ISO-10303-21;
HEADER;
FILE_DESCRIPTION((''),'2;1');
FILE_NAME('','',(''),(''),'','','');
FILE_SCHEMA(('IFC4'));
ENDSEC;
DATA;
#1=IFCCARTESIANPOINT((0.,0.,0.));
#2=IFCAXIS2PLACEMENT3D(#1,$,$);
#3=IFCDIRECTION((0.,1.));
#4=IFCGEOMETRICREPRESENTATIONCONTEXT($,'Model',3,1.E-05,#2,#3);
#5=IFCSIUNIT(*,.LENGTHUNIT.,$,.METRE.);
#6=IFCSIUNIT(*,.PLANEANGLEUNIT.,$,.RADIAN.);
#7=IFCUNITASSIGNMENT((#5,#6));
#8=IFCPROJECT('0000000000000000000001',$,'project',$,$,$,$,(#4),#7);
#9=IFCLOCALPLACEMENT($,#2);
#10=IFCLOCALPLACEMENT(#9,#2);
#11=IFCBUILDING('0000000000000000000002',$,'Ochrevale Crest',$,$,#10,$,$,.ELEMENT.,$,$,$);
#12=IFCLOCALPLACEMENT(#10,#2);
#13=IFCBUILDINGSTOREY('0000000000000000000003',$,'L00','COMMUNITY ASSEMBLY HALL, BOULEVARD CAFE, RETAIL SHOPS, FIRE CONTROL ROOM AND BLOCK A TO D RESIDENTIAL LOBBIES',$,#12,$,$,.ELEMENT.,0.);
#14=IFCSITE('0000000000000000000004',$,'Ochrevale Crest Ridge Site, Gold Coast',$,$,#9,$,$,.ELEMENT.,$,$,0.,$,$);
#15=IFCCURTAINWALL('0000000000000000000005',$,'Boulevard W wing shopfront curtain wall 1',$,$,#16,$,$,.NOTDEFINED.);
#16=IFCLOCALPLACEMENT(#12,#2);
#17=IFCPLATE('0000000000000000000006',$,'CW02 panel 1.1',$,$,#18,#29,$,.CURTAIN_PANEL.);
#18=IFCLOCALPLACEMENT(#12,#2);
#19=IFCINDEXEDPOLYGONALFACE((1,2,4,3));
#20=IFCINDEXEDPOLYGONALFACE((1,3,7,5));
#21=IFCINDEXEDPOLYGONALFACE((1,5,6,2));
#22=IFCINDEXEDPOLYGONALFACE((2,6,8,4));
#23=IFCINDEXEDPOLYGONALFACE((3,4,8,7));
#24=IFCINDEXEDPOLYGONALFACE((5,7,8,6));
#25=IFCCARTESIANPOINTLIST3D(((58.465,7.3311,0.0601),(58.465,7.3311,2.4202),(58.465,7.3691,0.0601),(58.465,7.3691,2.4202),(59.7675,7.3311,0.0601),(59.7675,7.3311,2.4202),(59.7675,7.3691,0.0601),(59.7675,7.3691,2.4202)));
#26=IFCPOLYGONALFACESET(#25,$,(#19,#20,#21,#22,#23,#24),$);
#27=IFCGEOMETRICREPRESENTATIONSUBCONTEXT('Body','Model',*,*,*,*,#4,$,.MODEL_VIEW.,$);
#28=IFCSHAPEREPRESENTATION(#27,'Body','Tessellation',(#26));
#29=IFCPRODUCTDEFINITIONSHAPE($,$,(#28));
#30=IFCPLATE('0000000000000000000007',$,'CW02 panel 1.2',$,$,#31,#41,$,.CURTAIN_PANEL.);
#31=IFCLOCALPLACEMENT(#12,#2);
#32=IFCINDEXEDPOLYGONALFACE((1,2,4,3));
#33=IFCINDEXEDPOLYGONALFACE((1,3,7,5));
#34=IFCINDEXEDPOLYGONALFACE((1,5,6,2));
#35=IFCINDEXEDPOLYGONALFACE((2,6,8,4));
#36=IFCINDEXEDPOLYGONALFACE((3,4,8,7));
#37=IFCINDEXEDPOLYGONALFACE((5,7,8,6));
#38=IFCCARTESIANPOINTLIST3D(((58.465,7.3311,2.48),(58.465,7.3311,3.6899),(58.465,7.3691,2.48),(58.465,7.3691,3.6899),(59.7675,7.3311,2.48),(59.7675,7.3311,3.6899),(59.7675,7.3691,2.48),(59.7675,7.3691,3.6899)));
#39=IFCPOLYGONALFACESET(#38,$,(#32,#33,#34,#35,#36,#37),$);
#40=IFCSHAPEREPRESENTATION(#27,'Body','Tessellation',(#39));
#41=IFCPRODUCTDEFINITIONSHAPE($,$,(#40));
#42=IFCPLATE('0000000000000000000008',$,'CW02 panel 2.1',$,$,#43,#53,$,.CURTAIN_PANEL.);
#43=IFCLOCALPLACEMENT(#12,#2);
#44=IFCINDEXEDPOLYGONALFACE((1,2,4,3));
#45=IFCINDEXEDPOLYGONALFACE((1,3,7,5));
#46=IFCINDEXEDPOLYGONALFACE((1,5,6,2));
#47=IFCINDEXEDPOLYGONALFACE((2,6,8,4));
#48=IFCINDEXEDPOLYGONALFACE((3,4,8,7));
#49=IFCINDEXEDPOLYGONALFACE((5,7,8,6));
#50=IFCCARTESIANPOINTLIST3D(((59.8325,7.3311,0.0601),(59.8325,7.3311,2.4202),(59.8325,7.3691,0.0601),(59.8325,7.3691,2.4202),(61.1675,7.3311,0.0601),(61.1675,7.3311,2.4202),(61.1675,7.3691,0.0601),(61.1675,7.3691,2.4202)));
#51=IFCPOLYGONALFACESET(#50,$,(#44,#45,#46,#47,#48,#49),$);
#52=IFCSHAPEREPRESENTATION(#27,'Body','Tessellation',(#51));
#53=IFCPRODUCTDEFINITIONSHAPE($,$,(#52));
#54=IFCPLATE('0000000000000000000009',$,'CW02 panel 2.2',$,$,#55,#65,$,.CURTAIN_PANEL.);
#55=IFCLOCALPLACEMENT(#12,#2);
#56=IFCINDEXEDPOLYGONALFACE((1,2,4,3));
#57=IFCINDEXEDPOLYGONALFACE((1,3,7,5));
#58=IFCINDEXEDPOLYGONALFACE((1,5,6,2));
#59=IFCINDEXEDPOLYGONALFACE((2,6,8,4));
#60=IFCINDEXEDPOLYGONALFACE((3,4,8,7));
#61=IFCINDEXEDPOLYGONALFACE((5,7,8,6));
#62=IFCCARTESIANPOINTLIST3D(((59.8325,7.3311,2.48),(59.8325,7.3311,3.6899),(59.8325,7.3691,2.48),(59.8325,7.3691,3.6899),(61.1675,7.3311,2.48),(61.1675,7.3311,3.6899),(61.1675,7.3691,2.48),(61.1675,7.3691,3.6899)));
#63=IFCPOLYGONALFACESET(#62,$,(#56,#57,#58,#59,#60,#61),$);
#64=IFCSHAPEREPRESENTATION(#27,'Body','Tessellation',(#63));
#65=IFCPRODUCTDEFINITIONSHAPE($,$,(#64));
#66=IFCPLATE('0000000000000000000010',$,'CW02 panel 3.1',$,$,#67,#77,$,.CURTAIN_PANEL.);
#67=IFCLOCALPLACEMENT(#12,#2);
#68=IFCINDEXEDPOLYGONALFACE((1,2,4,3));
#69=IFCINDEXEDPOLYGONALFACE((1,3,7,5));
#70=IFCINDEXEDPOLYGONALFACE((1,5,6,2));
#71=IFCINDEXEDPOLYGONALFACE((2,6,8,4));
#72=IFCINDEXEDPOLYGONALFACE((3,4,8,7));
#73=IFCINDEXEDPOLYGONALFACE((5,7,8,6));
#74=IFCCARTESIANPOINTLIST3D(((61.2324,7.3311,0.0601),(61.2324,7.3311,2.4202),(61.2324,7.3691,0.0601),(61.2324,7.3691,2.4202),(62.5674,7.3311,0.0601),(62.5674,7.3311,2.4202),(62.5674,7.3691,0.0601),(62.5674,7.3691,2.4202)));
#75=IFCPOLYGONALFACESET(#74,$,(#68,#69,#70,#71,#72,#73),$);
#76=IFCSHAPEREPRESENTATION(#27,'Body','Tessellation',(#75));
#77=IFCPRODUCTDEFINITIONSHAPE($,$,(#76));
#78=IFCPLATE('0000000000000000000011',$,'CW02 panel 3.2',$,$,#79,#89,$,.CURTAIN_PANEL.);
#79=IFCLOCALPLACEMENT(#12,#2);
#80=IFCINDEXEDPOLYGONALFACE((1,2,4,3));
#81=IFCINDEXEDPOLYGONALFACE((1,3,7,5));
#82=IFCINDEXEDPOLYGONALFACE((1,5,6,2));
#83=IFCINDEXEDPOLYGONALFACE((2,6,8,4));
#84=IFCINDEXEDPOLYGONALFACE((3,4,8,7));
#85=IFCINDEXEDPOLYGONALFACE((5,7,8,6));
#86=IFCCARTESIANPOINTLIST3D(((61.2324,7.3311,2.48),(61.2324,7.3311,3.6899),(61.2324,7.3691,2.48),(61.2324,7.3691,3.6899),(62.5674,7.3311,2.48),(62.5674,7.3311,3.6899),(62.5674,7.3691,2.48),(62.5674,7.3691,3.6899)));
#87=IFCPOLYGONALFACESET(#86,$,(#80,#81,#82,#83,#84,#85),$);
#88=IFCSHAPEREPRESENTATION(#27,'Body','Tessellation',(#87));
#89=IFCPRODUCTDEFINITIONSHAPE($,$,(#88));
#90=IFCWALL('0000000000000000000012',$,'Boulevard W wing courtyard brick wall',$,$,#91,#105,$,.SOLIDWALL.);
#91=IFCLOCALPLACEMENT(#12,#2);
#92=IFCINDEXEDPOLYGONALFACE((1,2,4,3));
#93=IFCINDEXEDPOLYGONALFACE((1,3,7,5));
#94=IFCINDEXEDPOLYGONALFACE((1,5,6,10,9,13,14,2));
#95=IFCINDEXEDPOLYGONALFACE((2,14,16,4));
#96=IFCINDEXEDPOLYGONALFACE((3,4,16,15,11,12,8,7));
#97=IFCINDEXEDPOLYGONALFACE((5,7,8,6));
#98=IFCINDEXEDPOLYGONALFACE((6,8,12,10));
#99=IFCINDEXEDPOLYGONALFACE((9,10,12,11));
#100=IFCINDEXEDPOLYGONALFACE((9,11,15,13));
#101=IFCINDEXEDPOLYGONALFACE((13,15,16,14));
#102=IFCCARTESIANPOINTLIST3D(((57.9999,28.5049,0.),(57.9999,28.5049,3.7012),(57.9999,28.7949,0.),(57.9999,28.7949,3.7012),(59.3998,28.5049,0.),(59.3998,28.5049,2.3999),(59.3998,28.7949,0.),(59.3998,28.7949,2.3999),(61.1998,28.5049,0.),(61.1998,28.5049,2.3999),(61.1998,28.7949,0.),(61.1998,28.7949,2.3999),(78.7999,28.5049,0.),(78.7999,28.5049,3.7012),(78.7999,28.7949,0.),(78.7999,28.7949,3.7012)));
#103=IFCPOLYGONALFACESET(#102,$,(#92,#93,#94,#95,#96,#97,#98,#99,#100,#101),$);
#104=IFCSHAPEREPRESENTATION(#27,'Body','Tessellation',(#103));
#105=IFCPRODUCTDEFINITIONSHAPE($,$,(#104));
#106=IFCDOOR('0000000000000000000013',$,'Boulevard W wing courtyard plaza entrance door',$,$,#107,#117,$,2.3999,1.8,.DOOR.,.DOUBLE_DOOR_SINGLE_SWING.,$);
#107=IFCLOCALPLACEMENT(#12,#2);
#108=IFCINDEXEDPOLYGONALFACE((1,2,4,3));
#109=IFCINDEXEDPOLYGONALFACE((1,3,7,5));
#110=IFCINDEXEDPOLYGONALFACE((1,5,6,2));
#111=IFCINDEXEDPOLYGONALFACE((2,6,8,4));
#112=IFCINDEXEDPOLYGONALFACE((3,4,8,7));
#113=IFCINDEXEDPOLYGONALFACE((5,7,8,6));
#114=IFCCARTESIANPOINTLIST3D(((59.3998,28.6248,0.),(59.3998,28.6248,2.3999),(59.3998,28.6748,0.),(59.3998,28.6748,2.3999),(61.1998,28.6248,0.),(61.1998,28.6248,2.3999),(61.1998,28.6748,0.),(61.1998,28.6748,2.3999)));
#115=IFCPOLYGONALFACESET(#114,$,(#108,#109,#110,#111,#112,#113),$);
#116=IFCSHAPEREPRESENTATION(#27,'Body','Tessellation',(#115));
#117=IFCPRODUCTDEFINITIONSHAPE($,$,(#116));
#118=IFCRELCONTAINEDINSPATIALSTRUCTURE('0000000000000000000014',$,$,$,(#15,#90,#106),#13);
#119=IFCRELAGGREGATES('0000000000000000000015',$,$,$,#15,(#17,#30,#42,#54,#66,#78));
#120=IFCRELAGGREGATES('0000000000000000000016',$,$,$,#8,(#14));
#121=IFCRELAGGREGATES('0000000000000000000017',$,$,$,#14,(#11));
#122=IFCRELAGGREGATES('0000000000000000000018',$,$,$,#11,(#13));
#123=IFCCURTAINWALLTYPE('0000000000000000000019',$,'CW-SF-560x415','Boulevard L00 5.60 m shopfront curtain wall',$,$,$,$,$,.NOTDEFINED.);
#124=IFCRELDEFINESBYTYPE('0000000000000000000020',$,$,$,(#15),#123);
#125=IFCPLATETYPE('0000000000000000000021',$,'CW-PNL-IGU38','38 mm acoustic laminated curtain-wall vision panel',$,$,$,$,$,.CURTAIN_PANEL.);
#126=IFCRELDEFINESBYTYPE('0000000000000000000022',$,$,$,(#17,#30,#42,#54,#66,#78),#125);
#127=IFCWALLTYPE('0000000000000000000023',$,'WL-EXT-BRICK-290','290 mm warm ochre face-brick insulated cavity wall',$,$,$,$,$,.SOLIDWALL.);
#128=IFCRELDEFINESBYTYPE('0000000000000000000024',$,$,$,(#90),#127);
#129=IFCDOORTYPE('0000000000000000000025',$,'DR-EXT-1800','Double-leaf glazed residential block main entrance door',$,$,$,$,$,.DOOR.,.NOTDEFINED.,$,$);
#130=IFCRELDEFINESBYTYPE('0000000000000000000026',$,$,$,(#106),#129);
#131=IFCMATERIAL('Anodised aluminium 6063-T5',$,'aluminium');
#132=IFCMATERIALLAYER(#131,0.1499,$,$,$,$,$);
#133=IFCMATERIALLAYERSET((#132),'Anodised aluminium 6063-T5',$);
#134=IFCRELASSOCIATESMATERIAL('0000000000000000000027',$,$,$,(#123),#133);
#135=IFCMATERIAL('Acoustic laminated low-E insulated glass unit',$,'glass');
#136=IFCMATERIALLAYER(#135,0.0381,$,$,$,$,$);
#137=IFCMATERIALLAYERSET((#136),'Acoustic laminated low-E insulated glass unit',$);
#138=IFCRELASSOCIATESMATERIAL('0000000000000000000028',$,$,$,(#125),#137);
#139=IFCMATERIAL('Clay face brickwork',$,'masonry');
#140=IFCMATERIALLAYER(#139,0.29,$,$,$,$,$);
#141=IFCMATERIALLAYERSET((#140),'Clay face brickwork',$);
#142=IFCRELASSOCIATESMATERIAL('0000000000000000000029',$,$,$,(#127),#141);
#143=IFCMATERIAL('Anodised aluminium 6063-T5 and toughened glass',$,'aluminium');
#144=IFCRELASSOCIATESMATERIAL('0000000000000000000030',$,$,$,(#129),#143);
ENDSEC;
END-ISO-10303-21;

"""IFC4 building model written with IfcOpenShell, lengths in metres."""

from ifc_helpers import new_model, si_unit, direction, frame, frame_2d, origin, origin_2d, place, context, subcontext, project, spatial, rectangle, extrude, material, layer, layer_set, type_object, element, fill, aggregate, save


model = new_model("IFC4")

# Units and contexts
model_context = context("Model", 3, precision=1e-05, world=origin(), true_north=direction((0.0, 1.0)))
body_context = subcontext(model_context, "Body", "Model", "MODEL_VIEW")
ifc_project = project(units=[si_unit("LENGTHUNIT", "METRE"), si_unit("PLANEANGLEUNIT", "RADIAN")], contexts=[model_context])

# Site, building, storey
site_placement = place(None, origin())
site = spatial("IfcSite", under=ifc_project, at=site_placement, Name="Ochrevale Crest Ridge Site, Gold Coast", CompositionType="ELEMENT", RefElevation=0.0)
building_placement = place(site_placement, origin())
building = spatial("IfcBuilding", under=site, at=building_placement, Name="Ochrevale Crest", CompositionType="ELEMENT")
storey_placement = place(building_placement, origin())
storey = spatial("IfcBuildingStorey", under=building, at=storey_placement, Name="L00", Description="COMMUNITY ASSEMBLY HALL, BOULEVARD CAFE, RETAIL SHOPS, FIRE CONTROL ROOM AND BLOCK A TO D RESIDENTIAL LOBBIES", CompositionType="ELEMENT", Elevation=0.0)

# Curtain wall, plates
ifc_material_1 = material(Name="Anodised aluminium 6063-T5", Category="aluminium")
ifc_layer_1 = layer(ifc_material_1, 0.1499)
ifc_layer_set_1 = layer_set([ifc_layer_1], Name="Anodised aluminium 6063-T5")
curtain_wall_type = type_object("IfcCurtainWallType", Name="CW-SF-560x415", Description="Boulevard L00 5.60 m shopfront curtain wall", PredefinedType="NOTDEFINED", material=ifc_layer_set_1)
curtain_wall_placement = place(storey_placement, origin())
curtain_wall = element("IfcCurtainWall", 1, at=curtain_wall_placement, inside=storey, type_object=curtain_wall_type, Name="Boulevard W wing shopfront curtain wall 1", PredefinedType="NOTDEFINED")
ifc_material_2 = material(Name="Acoustic laminated low-E insulated glass unit", Category="glass")
ifc_layer_2 = layer(ifc_material_2, 0.0381)
ifc_layer_set_2 = layer_set([ifc_layer_2], Name="Acoustic laminated low-E insulated glass unit")
plate_type = type_object("IfcPlateType", Name="CW-PNL-IGU38", Description="38 mm acoustic laminated curtain-wall vision panel", PredefinedType="CURTAIN_PANEL", material=ifc_layer_set_2)
plate_1_placement = place(storey_placement, frame((59.1162, 7.3501, 0.0601), z_axis=(0.0, 0.0, 1.0), x_axis=(1.0, 0.0, 0.0)))
plate_1 = element("IfcPlate", 2, at=plate_1_placement, type_object=plate_type, Name="CW02 panel 1.1", PredefinedType="CURTAIN_PANEL", context=body_context, shape_type="SweptSolid", body=[
    extrude(rectangle(XDim=1.3025, YDim=0.0381, at=origin_2d()), origin(), (0.0, 0.0, 1.0), 2.3601),
])
plate_2_placement = place(storey_placement, frame((59.1162, 7.3501, 2.48), z_axis=(0.0, 0.0, 1.0), x_axis=(1.0, 0.0, 0.0)))
plate_2 = element("IfcPlate", 3, at=plate_2_placement, type_object=plate_type, Name="CW02 panel 1.2", PredefinedType="CURTAIN_PANEL", context=body_context, shape_type="SweptSolid", body=[
    extrude(rectangle(XDim=1.3025, YDim=0.0381, at=origin_2d()), origin(), (0.0, 0.0, 1.0), 1.21),
])
plate_3_placement = place(storey_placement, frame((60.5, 7.3501, 0.0601), z_axis=(0.0, 0.0, 1.0), x_axis=(1.0, 0.0, 0.0)))
plate_3 = element("IfcPlate", 4, at=plate_3_placement, type_object=plate_type, Name="CW02 panel 2.1", PredefinedType="CURTAIN_PANEL", context=body_context, shape_type="SweptSolid", body=[
    extrude(rectangle(XDim=1.335, YDim=0.0381, at=origin_2d()), origin(), (0.0, 0.0, 1.0), 2.3601),
])
plate_4_placement = place(storey_placement, frame((60.5, 7.3501, 2.48), z_axis=(0.0, 0.0, 1.0), x_axis=(1.0, 0.0, 0.0)))
plate_4 = element("IfcPlate", 5, at=plate_4_placement, type_object=plate_type, Name="CW02 panel 2.2", PredefinedType="CURTAIN_PANEL", context=body_context, shape_type="SweptSolid", body=[
    extrude(rectangle(XDim=1.335, YDim=0.0381, at=origin_2d()), origin(), (0.0, 0.0, 1.0), 1.21),
])
plate_5_placement = place(storey_placement, frame((61.8999, 7.3501, 0.0601), z_axis=(0.0, 0.0, 1.0), x_axis=(1.0, 0.0, 0.0)))
plate_5 = element("IfcPlate", 6, at=plate_5_placement, type_object=plate_type, Name="CW02 panel 3.1", PredefinedType="CURTAIN_PANEL", context=body_context, shape_type="SweptSolid", body=[
    extrude(rectangle(XDim=1.335, YDim=0.0381, at=origin_2d()), origin(), (0.0, 0.0, 1.0), 2.3601),
])
plate_6_placement = place(storey_placement, frame((61.8999, 7.3501, 2.48), z_axis=(0.0, 0.0, 1.0), x_axis=(1.0, 0.0, 0.0)))
plate_6 = element("IfcPlate", 7, at=plate_6_placement, type_object=plate_type, Name="CW02 panel 3.2", PredefinedType="CURTAIN_PANEL", context=body_context, shape_type="SweptSolid", body=[
    extrude(rectangle(XDim=1.335, YDim=0.0381, at=origin_2d()), origin(), (0.0, 0.0, 1.0), 1.21),
])
aggregate(curtain_wall, [plate_1, plate_2, plate_3, plate_4, plate_5, plate_6])

# Wall, opening, door
ifc_material_3 = material(Name="Clay face brickwork", Category="masonry")
ifc_layer_3 = layer(ifc_material_3, 0.29)
ifc_layer_set_3 = layer_set([ifc_layer_3], Name="Clay face brickwork")
wall_type = type_object("IfcWallType", Name="WL-EXT-BRICK-290", Description="290 mm warm ochre face-brick insulated cavity wall", PredefinedType="SOLIDWALL", material=ifc_layer_set_3)
wall_placement = place(storey_placement, frame((58.0, 28.6499, 0.0), z_axis=(0.0, 0.0, 1.0), x_axis=(1.0, 0.0, 0.0)))
wall = element("IfcWall", 8, at=wall_placement, inside=storey, type_object=wall_type, Name="Boulevard W wing courtyard brick wall", PredefinedType="SOLIDWALL", context=body_context, shape_type="SweptSolid", body=[
    extrude(rectangle(XDim=20.8, YDim=0.29, at=frame_2d((10.3999, 0.0))), origin(), (0.0, 0.0, 1.0), 3.7012),
])
opening_placement = place(wall_placement, frame((1.3999, 0.0, 0.0)))
opening = element("IfcOpeningElement", 9, at=opening_placement, cuts=wall, PredefinedType="OPENING", context=body_context, shape_type="SweptSolid", body=[
    extrude(rectangle(XDim=1.8, YDim=2.3999, at=frame_2d((0.8999, 1.2))), frame((0.0, 0.155, 0.0), z_axis=(0.0, -1.0, 0.0), x_axis=(1.0, 0.0, 0.0)), (0.0, 0.0, 1.0), 0.3101),
])
ifc_material_4 = material(Name="Anodised aluminium 6063-T5 and toughened glass", Category="aluminium")
door_type = type_object("IfcDoorType", Name="DR-EXT-1800", Description="Double-leaf glazed residential block main entrance door", OperationType="NOTDEFINED", PredefinedType="DOOR", material=ifc_material_4)
door_placement = place(opening_placement, origin())
door = element("IfcDoor", 10, at=door_placement, inside=storey, type_object=door_type, Name="Boulevard W wing courtyard plaza entrance door", OperationType="DOUBLE_DOOR_SINGLE_SWING", OverallHeight=2.3999, OverallWidth=1.8, PredefinedType="DOOR", context=body_context, shape_type="SweptSolid", body=[
    extrude(rectangle(XDim=1.8, YDim=2.3999, at=frame_2d((0.8999, 1.2))), frame((0.0, 0.0249, 0.0), z_axis=(0.0, -1.0, 0.0), x_axis=(1.0, 0.0, 0.0)), (0.0, 0.0, 1.0), 0.05),
])
fill(opening, door)

save(model, "model.ifc")
